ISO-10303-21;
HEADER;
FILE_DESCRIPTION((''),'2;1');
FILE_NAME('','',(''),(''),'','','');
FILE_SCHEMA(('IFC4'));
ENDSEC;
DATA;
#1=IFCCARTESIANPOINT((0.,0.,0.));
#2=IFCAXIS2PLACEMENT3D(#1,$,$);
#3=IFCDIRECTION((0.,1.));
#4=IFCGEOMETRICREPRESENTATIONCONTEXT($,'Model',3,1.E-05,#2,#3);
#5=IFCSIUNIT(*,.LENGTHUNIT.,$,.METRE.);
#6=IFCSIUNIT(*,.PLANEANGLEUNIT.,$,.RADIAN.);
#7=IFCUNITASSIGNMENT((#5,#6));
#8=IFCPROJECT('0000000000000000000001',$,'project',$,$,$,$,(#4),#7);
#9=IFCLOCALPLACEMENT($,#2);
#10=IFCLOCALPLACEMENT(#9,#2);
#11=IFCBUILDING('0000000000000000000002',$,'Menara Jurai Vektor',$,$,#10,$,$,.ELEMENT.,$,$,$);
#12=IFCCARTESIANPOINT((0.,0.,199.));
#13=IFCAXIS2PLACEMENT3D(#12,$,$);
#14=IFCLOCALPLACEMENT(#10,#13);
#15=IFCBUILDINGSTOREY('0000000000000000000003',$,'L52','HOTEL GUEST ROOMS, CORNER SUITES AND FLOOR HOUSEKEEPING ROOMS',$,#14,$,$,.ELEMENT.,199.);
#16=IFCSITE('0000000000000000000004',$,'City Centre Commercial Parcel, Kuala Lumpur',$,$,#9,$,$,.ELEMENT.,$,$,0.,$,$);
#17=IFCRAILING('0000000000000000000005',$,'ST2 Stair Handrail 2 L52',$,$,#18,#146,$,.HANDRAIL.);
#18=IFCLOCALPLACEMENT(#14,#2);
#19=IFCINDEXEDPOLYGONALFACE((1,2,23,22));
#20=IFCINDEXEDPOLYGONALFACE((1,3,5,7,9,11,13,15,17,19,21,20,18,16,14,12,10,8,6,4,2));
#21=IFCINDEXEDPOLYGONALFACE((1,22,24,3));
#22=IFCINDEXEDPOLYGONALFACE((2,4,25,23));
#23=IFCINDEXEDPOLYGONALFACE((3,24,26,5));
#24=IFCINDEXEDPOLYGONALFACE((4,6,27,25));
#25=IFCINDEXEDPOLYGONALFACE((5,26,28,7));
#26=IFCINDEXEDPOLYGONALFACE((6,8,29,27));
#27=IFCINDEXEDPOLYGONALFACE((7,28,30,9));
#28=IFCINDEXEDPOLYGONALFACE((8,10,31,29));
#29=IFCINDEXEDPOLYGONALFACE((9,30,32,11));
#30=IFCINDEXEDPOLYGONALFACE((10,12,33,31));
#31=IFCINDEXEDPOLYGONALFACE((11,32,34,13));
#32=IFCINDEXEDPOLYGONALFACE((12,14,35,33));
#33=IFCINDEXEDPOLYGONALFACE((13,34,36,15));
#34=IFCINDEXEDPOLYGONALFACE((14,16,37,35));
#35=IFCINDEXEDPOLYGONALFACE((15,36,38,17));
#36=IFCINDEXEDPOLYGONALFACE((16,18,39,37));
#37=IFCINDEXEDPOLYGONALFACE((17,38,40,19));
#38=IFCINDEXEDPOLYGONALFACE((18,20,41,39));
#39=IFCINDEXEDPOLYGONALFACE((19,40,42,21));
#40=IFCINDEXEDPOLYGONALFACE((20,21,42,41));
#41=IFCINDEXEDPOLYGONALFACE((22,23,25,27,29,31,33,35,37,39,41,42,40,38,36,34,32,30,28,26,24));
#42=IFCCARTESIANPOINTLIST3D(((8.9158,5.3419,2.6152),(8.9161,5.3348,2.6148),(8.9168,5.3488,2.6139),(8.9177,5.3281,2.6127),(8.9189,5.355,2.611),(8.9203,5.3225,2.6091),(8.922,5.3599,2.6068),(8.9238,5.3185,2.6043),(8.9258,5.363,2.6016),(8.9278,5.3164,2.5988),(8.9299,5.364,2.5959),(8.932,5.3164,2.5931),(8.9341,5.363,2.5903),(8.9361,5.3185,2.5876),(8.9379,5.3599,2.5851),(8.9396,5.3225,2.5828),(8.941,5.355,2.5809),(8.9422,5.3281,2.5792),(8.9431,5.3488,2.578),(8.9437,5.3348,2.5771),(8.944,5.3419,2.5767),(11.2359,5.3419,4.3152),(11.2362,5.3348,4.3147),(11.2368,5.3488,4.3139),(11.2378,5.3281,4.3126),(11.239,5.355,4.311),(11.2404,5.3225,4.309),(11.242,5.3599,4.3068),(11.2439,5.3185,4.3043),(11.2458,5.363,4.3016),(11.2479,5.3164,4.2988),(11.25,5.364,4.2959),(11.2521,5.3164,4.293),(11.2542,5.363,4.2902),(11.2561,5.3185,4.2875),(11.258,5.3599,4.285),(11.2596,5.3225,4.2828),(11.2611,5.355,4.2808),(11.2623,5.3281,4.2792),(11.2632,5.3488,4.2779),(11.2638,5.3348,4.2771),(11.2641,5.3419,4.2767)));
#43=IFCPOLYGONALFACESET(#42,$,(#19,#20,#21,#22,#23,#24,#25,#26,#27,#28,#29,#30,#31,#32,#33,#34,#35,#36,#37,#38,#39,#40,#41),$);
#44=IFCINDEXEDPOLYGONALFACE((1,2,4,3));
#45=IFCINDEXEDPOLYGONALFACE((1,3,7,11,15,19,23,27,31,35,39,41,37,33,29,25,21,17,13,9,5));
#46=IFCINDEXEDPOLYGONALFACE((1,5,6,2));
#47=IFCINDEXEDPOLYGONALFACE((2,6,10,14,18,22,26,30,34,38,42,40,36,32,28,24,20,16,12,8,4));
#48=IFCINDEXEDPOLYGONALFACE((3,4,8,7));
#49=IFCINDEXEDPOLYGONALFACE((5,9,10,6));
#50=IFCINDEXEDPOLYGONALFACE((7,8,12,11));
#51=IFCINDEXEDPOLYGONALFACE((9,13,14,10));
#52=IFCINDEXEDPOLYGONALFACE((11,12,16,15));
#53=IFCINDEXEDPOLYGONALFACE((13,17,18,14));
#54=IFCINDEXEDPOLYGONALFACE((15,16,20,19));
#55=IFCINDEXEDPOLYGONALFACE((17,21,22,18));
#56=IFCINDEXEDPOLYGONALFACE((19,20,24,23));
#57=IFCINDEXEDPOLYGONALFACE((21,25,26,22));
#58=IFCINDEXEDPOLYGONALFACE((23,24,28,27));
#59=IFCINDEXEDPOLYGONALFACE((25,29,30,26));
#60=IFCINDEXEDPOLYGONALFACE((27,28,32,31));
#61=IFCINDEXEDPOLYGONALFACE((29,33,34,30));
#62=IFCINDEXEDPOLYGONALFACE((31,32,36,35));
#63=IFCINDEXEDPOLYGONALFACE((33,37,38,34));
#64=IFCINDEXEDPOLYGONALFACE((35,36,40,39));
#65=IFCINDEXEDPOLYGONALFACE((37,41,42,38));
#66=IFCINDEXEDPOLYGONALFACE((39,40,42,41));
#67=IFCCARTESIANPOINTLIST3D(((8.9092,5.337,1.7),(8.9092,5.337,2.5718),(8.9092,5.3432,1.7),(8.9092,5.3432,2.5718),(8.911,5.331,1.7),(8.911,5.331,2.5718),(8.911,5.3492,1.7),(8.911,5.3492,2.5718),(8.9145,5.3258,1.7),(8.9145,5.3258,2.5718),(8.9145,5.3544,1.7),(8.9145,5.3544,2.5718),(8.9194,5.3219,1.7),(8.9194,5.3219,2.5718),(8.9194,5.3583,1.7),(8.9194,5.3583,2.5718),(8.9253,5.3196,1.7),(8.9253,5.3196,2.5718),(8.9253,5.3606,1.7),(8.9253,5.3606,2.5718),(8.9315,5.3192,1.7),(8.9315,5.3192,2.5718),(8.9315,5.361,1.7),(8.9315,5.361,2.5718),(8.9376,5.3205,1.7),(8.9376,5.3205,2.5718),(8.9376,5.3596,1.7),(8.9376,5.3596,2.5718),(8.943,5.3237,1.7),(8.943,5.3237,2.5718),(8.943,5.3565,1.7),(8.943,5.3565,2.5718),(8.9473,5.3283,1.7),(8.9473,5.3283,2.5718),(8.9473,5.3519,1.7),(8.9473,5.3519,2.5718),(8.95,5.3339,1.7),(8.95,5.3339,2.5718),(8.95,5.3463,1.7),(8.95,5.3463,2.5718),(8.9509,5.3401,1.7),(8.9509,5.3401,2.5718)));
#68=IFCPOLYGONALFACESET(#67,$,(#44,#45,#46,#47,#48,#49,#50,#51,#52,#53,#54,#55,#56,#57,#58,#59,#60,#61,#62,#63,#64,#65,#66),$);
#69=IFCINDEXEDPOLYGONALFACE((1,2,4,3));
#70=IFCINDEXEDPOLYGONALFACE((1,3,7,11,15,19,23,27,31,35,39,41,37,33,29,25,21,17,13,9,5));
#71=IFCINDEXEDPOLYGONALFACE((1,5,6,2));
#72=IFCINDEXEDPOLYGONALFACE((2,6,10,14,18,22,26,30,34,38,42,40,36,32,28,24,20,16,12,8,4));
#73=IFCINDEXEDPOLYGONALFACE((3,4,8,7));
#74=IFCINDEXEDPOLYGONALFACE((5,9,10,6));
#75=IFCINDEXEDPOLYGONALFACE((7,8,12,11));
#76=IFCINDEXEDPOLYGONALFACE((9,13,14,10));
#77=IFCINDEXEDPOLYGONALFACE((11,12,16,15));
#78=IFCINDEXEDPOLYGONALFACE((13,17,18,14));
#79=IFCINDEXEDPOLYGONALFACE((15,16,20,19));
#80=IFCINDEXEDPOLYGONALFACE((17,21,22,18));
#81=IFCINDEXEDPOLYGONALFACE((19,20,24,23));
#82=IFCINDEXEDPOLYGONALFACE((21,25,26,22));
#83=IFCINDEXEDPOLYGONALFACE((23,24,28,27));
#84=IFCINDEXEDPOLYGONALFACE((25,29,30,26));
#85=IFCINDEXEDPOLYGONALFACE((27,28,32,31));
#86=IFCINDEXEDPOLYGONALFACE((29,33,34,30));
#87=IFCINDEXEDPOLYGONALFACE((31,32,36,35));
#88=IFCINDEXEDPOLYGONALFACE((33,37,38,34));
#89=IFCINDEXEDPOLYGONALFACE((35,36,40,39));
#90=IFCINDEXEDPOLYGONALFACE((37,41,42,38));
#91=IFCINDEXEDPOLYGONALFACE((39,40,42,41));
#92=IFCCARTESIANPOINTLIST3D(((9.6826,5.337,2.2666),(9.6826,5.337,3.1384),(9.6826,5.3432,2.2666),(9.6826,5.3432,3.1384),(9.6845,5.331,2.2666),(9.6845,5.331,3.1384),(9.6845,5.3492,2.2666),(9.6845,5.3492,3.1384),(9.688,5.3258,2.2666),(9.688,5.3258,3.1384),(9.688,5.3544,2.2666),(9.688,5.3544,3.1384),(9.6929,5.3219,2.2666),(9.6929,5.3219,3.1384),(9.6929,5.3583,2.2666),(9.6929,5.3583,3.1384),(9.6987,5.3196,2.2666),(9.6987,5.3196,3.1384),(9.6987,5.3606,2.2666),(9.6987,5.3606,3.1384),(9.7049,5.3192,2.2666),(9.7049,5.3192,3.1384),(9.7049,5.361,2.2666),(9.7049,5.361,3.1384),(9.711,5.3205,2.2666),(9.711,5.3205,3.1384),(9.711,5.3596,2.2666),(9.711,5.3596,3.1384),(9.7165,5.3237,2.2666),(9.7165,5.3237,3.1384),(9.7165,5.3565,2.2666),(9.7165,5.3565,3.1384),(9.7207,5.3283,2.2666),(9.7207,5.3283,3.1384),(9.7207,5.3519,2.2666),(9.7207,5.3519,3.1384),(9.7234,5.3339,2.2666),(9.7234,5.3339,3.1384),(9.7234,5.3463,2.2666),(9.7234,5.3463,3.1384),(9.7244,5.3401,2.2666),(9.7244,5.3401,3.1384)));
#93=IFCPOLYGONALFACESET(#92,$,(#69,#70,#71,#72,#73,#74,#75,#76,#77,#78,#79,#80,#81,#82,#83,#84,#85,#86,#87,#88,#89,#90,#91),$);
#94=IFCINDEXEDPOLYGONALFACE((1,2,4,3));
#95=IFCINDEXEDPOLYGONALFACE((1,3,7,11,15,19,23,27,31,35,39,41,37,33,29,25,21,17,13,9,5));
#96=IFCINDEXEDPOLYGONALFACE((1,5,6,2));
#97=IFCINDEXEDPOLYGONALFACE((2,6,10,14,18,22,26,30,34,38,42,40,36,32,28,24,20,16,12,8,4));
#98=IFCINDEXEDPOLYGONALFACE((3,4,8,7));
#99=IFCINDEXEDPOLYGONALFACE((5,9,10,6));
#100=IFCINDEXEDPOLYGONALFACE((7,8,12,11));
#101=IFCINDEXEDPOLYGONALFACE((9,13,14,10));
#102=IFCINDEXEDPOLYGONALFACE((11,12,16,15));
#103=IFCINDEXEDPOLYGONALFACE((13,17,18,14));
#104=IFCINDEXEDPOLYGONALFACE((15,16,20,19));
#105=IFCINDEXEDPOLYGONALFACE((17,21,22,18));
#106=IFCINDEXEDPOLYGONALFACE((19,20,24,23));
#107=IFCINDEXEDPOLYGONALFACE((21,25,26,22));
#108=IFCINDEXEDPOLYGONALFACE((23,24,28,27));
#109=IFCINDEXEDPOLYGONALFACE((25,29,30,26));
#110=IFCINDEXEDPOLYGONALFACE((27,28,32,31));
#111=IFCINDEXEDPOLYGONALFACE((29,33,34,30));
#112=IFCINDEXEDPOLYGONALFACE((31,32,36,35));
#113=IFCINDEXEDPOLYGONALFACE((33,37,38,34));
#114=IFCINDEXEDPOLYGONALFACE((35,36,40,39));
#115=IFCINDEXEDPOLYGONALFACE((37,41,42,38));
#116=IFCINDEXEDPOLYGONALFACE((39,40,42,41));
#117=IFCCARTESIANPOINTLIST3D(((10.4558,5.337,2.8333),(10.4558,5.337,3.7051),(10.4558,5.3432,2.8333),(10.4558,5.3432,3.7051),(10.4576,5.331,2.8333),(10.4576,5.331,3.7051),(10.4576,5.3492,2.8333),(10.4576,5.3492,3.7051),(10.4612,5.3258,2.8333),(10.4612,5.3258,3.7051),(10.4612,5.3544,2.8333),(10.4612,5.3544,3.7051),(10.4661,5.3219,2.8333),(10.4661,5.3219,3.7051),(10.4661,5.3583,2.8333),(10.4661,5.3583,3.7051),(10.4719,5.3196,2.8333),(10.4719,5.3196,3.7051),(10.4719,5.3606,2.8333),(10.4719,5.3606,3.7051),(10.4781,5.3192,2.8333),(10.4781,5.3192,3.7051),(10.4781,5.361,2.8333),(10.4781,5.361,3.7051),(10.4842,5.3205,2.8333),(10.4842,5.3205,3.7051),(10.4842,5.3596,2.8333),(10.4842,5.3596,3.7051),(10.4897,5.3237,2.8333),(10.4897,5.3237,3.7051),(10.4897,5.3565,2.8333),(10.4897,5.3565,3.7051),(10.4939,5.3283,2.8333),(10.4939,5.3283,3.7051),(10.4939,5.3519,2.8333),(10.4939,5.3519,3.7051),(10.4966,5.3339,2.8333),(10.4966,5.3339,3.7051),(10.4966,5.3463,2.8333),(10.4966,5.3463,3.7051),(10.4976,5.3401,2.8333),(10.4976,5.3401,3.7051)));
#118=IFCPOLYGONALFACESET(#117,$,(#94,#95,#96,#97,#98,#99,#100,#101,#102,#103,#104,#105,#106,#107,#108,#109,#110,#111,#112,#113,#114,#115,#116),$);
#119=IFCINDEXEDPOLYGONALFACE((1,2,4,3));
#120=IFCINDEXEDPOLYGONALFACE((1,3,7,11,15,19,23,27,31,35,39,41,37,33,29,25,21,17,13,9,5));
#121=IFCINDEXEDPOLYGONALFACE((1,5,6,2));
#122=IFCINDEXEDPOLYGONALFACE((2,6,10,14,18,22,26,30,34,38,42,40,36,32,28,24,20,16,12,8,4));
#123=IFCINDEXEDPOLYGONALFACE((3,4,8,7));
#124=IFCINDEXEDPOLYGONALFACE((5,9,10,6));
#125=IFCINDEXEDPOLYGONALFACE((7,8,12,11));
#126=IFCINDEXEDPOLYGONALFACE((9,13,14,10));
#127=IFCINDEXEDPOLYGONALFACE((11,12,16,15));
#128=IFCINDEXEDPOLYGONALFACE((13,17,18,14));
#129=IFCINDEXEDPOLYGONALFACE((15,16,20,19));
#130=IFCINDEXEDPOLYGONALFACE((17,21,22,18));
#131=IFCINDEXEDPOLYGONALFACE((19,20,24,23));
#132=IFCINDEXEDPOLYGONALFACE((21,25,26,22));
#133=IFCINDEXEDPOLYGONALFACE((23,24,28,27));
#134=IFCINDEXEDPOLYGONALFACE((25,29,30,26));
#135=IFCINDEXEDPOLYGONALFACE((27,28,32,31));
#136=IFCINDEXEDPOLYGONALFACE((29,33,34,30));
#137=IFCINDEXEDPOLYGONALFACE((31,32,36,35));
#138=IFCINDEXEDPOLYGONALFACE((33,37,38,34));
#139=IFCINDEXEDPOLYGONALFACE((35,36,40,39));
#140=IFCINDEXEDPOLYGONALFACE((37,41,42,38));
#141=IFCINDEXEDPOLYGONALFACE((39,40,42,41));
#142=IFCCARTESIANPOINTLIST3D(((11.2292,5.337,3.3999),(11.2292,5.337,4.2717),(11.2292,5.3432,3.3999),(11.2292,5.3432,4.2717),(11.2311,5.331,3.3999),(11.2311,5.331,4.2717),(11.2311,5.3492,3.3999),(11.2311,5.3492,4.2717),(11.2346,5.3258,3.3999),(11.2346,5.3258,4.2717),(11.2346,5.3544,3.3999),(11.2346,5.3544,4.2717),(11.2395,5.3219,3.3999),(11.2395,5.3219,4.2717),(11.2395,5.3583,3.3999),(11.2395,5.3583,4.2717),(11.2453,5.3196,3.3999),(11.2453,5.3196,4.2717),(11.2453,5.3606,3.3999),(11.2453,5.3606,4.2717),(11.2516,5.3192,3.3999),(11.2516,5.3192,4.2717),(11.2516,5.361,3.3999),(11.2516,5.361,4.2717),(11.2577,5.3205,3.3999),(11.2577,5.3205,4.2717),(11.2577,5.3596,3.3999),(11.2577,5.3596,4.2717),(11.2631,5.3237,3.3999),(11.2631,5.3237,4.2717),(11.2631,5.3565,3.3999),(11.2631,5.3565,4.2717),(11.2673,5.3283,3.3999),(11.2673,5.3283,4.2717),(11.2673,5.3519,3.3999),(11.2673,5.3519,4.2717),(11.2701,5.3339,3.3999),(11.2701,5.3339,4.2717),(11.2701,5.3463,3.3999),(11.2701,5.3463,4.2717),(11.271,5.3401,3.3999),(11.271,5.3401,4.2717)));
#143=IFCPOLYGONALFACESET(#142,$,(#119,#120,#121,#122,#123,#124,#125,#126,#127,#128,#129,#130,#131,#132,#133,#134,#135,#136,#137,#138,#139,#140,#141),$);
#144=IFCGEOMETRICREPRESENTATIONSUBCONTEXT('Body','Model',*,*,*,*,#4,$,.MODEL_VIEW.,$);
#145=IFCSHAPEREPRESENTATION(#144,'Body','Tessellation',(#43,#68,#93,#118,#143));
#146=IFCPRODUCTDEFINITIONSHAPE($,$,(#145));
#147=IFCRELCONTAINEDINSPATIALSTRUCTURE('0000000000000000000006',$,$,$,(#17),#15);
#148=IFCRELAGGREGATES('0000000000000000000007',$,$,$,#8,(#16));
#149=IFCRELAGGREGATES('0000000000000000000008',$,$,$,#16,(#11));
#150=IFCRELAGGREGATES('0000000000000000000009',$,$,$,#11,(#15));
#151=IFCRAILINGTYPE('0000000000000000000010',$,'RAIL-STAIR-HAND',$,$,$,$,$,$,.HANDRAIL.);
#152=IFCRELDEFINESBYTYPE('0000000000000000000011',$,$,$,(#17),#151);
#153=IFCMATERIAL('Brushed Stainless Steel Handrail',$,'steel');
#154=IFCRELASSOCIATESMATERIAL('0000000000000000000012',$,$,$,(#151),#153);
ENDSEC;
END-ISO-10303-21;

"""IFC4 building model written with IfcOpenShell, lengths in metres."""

from ifc_helpers import new_model, si_unit, direction, frame, origin, origin_2d, place, context, subcontext, project, spatial, circle, extrude, material, type_object, element, save


model = new_model("IFC4")

# Units and contexts
model_context = context("Model", 3, precision=1e-05, world=origin(), true_north=direction((0.0, 1.0)))
body_context = subcontext(model_context, "Body", "Model", "MODEL_VIEW")
ifc_project = project(units=[si_unit("LENGTHUNIT", "METRE"), si_unit("PLANEANGLEUNIT", "RADIAN")], contexts=[model_context])

# Site, building, storey
site_placement = place(None, origin())
site = spatial("IfcSite", under=ifc_project, at=site_placement, Name="City Centre Commercial Parcel, Kuala Lumpur", CompositionType="ELEMENT", RefElevation=0.0)
building_placement = place(site_placement, origin())
building = spatial("IfcBuilding", under=site, at=building_placement, Name="Menara Jurai Vektor", CompositionType="ELEMENT")
storey_placement = place(building_placement, frame((0.0, 0.0, 199.0)))
storey = spatial("IfcBuildingStorey", under=building, at=storey_placement, Name="L52", Description="HOTEL GUEST ROOMS, CORNER SUITES AND FLOOR HOUSEKEEPING ROOMS", CompositionType="ELEMENT", Elevation=199.0)

# Railing
ifc_material_1 = material(Name="Brushed Stainless Steel Handrail", Category="steel")
railing_type_1 = type_object("IfcRailingType", Name="RAIL-STAIR-HAND", PredefinedType="HANDRAIL", material=ifc_material_1)
railing_1_placement = place(storey_placement, frame((8.9299, 5.3401, 1.7)))
element("IfcRailing", 1, at=railing_1_placement, inside=storey, type_object=railing_type_1, Name="ST2 Stair Handrail 2 L52", PredefinedType="HANDRAIL", context=body_context, shape_type="SweptSolid", body=[
    extrude(circle(Radius=0.0239, at=origin_2d()), frame((0.0, 0.0, 0.896), z_axis=(0.806642, 0.0, 0.59104), x_axis=(0.0, 1.0, 0.0)), (0.0, 0.0, 1.0), 2.8762),
    extrude(circle(Radius=0.021, at=origin_2d()), origin(), (0.0, 0.0, 1.0), 0.8718),
    extrude(circle(Radius=0.021, at=origin_2d()), frame((0.7734, 0.0, 0.5667)), (0.0, 0.0, 1.0), 0.8718),
    extrude(circle(Radius=0.021, at=origin_2d()), frame((1.5466, 0.0, 1.1333)), (0.0, 0.0, 1.0), 0.8718),
    extrude(circle(Radius=0.021, at=origin_2d()), frame((2.3201, 0.0, 1.7)), (0.0, 0.0, 1.0), 0.8718),
])

save(model, "model.ifc")
